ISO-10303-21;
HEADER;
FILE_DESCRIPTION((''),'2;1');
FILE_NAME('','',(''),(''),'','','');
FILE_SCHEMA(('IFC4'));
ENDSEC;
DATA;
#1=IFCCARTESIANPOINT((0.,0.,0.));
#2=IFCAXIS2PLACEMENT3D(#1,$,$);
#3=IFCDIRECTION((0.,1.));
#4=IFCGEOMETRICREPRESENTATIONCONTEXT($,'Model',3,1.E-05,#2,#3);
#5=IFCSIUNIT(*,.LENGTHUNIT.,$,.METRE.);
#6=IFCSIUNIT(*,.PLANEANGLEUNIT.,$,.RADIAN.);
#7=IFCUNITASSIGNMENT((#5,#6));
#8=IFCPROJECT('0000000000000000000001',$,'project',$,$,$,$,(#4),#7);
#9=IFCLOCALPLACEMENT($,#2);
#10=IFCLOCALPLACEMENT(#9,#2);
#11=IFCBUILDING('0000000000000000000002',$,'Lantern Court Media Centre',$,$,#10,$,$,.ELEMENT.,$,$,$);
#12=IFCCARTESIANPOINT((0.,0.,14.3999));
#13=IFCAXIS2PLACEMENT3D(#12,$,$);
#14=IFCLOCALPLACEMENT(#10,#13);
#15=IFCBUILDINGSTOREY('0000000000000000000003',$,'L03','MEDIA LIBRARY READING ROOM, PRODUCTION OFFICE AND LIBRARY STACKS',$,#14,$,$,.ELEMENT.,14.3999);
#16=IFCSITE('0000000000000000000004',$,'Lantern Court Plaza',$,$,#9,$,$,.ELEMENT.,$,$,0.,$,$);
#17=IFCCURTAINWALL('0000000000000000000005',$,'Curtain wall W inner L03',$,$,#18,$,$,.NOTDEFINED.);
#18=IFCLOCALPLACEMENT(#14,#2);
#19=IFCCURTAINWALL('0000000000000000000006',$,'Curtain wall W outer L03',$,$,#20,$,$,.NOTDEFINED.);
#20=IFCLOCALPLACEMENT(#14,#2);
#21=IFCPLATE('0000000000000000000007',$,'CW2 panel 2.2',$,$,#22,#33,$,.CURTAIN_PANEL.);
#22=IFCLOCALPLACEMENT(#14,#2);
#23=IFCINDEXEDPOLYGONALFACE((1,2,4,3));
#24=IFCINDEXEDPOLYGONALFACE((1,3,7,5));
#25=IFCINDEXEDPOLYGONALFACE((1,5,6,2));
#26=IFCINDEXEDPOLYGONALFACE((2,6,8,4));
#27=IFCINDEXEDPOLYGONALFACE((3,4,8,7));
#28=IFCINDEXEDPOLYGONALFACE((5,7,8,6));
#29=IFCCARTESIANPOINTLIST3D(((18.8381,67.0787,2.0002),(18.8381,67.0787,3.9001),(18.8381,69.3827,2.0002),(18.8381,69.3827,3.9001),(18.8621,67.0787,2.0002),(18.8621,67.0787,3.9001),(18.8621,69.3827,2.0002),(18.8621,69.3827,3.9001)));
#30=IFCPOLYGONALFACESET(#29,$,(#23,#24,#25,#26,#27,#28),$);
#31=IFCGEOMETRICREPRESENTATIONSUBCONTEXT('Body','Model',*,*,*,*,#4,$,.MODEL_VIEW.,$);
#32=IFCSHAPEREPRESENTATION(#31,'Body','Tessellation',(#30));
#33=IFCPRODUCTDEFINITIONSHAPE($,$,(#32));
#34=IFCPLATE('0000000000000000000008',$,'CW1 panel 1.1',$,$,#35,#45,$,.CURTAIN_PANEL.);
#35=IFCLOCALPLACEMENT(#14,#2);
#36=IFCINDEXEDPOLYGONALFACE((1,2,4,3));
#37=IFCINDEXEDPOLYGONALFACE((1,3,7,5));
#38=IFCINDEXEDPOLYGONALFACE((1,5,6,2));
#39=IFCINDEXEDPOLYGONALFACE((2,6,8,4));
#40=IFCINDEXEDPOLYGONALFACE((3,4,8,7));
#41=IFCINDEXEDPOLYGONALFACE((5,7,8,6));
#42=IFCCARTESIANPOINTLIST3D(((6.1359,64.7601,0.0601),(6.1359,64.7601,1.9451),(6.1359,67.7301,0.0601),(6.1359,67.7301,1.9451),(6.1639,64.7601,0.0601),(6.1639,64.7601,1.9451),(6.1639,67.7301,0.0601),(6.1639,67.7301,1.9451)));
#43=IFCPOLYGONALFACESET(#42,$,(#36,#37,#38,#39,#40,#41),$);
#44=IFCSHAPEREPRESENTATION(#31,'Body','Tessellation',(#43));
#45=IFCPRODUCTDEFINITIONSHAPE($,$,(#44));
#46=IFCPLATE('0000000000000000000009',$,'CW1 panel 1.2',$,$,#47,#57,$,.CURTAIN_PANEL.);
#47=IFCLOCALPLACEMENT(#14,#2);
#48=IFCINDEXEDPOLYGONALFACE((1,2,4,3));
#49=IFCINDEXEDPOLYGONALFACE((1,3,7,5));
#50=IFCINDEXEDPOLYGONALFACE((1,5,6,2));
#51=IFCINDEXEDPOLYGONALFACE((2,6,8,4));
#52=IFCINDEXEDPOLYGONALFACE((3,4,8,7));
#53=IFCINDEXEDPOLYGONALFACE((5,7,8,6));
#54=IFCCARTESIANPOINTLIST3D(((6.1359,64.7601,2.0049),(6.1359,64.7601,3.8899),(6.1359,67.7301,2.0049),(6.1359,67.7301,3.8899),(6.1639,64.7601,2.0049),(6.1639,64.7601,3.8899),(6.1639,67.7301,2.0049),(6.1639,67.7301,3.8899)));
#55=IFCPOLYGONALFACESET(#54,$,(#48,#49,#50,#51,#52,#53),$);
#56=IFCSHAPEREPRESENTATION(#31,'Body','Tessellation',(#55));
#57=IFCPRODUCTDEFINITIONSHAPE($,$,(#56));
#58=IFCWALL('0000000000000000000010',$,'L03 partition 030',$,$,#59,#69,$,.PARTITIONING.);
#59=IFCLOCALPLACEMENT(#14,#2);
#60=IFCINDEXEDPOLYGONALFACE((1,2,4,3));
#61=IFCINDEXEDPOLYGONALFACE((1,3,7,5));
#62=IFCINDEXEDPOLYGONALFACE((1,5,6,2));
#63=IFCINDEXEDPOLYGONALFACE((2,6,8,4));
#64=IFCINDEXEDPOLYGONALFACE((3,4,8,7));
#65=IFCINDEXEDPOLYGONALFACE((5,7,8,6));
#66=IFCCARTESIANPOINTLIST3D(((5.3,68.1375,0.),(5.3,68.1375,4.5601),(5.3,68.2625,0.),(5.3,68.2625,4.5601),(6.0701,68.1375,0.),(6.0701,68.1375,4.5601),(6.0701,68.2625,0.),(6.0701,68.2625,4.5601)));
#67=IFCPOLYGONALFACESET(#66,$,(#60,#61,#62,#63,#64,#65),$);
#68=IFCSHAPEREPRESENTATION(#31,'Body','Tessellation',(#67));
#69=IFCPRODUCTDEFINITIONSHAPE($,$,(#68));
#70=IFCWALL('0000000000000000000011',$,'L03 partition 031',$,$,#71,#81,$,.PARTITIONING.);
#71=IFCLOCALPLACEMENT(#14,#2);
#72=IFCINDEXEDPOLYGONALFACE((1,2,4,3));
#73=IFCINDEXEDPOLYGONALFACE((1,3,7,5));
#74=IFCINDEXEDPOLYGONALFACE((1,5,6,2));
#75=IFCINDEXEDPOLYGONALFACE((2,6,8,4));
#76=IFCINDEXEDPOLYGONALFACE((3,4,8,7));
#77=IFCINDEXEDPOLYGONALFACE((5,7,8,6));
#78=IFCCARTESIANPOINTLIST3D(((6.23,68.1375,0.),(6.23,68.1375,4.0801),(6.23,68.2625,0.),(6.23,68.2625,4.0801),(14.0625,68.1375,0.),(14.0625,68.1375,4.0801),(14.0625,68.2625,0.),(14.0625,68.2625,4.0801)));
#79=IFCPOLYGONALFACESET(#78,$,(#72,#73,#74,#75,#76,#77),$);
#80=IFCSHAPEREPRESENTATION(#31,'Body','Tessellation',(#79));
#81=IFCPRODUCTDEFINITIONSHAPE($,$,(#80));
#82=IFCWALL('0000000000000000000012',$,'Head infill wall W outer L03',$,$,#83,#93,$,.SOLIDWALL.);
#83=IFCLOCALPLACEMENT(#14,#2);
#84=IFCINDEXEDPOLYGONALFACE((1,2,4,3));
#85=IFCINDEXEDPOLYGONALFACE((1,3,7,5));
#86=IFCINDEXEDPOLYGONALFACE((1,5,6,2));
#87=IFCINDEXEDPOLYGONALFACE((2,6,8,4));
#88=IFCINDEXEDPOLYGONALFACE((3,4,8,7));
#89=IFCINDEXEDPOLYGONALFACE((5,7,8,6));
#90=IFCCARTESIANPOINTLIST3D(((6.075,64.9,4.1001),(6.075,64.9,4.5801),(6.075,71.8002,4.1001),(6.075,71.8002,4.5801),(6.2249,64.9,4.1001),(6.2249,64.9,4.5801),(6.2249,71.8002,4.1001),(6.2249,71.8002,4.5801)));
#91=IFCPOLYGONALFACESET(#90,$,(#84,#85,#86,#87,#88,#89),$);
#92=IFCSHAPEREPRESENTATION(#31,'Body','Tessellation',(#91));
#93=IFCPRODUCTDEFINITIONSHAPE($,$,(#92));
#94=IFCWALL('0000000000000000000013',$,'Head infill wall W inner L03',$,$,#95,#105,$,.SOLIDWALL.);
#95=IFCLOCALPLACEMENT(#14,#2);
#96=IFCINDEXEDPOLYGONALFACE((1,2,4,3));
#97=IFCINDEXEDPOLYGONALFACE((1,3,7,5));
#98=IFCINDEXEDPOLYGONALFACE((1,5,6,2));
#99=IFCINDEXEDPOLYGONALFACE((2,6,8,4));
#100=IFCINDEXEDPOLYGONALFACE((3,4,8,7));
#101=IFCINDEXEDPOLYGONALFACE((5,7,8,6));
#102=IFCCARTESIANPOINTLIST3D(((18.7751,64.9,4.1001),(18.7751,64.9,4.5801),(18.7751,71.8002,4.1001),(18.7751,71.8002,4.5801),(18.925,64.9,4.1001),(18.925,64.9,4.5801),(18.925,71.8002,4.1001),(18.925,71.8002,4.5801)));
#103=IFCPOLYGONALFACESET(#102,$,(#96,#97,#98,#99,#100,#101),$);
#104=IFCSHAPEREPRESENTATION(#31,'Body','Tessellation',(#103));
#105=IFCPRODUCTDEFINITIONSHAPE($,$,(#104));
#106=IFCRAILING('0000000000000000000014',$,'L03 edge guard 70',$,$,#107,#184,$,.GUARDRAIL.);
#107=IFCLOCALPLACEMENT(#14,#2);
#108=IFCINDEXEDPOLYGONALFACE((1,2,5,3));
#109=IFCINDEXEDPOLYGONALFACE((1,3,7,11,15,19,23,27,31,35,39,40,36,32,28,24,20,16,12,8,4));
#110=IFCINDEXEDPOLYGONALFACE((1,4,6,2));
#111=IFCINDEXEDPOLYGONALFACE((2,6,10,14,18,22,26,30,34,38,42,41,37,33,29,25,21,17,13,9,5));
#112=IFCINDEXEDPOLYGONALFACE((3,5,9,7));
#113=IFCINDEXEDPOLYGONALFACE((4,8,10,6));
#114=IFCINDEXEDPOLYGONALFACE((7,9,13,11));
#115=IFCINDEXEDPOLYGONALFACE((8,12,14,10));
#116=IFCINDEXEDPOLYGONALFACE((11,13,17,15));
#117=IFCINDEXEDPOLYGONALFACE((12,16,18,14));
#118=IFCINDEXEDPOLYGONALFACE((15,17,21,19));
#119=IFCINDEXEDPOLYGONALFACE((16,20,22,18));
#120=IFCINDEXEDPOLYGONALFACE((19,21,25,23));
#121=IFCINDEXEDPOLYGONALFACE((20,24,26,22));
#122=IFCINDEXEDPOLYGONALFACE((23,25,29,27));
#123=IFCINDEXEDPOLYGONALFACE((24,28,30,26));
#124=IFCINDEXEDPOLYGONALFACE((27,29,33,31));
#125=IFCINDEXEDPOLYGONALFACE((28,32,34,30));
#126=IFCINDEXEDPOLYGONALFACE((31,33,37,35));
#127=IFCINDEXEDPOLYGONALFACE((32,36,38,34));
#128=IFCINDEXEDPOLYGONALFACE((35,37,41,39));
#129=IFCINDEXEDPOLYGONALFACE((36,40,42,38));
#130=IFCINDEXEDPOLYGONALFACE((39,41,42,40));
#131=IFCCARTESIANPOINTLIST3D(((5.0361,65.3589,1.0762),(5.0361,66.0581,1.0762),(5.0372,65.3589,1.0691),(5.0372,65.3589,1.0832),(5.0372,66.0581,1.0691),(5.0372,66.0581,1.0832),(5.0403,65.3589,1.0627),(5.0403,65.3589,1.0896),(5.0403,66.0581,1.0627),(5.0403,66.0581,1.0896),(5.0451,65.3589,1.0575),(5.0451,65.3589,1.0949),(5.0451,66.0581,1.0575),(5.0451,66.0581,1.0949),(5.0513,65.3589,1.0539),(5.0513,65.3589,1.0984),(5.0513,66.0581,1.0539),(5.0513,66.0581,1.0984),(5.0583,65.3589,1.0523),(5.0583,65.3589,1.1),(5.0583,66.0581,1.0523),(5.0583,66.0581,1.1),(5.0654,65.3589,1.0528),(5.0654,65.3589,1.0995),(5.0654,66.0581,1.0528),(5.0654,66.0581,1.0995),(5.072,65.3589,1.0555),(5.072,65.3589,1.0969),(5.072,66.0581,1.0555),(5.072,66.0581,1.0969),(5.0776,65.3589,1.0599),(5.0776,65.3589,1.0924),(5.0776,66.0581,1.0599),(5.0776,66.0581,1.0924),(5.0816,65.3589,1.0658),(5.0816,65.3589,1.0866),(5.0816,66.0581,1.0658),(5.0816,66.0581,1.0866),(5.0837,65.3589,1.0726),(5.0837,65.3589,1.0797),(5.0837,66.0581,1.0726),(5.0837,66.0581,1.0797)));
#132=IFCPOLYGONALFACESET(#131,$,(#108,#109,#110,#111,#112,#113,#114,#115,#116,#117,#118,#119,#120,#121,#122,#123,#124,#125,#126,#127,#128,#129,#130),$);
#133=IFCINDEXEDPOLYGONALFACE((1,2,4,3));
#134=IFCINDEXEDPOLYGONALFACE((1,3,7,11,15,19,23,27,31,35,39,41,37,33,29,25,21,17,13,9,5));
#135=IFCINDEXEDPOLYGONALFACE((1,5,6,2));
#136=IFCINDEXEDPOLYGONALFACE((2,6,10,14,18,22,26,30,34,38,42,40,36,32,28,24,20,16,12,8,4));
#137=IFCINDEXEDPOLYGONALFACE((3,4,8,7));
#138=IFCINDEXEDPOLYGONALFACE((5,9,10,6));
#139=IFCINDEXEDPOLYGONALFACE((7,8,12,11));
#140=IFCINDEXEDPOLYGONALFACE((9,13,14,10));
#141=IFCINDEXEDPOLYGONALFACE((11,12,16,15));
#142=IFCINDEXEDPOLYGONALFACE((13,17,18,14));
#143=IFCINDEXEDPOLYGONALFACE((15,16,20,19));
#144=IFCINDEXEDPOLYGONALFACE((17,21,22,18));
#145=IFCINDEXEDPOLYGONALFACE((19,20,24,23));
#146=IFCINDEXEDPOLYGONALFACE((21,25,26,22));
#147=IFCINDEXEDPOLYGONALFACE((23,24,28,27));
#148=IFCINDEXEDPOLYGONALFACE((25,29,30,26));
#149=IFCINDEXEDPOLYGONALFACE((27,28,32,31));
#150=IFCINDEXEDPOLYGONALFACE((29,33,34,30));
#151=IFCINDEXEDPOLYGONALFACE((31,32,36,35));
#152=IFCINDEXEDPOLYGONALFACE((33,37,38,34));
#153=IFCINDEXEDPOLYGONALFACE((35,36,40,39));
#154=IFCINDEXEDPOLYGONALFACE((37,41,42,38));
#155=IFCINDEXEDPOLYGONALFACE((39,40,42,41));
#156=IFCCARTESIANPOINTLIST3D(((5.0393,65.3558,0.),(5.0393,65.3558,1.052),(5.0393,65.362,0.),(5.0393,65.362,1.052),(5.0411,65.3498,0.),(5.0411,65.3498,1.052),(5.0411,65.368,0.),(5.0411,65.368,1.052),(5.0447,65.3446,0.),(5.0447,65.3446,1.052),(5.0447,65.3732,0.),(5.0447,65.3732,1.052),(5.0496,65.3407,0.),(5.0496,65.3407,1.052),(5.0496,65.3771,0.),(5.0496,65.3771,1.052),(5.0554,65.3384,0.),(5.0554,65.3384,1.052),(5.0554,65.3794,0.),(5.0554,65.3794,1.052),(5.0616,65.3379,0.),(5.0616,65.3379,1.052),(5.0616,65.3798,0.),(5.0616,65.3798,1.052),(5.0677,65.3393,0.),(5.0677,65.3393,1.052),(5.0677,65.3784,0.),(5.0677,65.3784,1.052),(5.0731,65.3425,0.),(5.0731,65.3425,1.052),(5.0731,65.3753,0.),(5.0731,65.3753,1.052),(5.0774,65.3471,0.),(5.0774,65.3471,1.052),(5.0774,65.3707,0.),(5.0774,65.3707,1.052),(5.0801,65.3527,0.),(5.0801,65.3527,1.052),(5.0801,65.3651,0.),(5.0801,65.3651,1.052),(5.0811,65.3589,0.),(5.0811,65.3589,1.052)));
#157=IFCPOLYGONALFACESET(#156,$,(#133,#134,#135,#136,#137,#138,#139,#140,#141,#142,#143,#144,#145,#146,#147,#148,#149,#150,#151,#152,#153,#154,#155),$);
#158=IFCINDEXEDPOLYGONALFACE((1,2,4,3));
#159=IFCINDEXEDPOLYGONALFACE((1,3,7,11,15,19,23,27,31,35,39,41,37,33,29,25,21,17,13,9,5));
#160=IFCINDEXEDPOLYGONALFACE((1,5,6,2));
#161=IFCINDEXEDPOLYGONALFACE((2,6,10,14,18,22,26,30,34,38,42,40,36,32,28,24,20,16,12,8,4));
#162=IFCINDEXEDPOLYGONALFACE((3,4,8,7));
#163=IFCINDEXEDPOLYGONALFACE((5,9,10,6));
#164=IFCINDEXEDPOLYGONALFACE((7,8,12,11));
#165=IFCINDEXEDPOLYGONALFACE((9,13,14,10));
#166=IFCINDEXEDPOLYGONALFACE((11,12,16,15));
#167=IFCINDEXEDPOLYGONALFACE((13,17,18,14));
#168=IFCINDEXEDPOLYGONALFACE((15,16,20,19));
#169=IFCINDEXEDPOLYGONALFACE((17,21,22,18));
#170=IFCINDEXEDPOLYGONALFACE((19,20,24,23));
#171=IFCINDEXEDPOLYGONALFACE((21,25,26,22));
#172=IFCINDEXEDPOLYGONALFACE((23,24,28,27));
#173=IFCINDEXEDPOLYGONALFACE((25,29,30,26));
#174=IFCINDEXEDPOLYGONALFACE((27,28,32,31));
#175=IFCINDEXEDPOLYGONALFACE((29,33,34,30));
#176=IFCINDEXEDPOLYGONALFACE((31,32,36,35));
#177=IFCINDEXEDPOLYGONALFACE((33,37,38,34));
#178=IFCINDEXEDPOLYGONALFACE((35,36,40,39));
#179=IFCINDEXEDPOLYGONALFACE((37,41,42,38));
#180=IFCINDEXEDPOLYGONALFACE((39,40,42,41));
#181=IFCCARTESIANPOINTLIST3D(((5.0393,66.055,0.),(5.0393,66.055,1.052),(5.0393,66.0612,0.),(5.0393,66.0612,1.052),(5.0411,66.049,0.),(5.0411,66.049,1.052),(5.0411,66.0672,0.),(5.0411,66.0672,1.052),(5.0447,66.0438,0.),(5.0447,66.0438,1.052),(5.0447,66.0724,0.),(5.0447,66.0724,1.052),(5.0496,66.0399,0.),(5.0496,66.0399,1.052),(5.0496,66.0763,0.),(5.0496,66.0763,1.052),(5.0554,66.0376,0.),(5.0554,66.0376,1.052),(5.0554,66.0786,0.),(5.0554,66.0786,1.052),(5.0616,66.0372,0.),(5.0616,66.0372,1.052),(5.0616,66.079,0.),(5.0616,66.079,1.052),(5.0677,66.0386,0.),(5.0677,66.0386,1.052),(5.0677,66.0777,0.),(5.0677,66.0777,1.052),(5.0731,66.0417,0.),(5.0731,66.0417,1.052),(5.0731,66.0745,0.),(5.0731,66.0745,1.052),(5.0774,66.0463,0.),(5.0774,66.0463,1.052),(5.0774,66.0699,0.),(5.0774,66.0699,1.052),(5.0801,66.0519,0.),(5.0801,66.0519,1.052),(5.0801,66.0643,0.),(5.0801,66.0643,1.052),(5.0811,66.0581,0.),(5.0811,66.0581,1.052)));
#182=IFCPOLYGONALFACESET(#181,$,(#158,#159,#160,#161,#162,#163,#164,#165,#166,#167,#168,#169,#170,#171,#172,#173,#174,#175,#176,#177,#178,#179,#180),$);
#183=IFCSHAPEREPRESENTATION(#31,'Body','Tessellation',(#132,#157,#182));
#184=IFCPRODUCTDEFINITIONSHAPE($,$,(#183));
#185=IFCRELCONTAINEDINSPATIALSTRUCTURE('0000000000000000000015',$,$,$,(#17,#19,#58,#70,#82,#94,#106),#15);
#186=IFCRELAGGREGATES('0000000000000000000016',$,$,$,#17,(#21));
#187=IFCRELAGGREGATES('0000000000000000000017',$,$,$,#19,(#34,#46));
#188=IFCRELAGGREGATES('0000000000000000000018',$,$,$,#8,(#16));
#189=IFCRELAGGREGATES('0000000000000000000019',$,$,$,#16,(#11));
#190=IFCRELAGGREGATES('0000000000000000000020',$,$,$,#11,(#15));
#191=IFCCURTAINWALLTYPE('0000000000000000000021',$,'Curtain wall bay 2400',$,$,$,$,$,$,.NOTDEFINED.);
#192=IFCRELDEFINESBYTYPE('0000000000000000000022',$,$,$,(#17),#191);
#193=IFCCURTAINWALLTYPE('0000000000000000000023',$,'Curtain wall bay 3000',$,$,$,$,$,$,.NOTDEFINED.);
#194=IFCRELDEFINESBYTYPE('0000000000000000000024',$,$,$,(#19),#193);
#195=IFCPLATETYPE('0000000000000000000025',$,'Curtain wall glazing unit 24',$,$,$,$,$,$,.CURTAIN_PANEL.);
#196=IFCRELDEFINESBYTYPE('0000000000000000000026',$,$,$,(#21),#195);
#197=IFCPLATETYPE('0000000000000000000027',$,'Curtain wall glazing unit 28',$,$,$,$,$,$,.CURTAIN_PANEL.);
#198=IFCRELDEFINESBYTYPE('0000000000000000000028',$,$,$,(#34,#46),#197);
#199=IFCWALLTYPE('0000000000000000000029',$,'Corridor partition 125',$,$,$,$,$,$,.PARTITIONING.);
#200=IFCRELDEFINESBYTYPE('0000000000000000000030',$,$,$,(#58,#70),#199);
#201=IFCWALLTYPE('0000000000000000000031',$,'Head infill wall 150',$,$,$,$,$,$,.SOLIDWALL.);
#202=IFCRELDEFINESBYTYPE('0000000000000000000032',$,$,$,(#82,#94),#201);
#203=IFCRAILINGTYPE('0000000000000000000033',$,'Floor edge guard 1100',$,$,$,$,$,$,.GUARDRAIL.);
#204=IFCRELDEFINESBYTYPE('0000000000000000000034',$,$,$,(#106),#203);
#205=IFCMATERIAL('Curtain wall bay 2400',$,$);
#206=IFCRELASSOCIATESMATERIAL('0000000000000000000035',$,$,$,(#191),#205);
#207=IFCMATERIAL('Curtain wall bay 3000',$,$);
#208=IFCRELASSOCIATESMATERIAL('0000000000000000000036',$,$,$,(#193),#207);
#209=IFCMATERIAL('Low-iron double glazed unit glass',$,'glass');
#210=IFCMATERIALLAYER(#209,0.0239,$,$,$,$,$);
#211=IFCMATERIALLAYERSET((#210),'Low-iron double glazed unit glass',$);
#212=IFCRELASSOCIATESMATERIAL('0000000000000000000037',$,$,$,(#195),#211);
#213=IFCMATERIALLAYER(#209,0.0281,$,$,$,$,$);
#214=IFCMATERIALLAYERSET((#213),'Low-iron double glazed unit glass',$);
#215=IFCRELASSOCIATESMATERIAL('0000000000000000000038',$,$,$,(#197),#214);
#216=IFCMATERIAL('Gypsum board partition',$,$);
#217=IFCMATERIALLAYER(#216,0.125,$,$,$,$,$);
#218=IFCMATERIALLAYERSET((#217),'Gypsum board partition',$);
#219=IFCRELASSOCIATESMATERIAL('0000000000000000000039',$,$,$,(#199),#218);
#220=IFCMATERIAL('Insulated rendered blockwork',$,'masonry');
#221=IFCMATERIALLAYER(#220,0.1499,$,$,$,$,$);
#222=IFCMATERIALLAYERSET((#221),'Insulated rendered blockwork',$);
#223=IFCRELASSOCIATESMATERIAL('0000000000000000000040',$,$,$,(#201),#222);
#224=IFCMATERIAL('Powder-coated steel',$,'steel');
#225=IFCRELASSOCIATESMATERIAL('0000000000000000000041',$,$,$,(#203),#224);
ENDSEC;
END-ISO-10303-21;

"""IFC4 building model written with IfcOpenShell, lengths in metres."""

from ifc_helpers import new_model, si_unit, direction, frame, frame_2d, origin, origin_2d, place, context, subcontext, project, spatial, rectangle, circle, extrude, material, layer, layer_set, type_object, element, aggregate, save


model = new_model("IFC4")

# Units and contexts
model_context = context("Model", 3, precision=1e-05, world=origin(), true_north=direction((0.0, 1.0)))
body_context = subcontext(model_context, "Body", "Model", "MODEL_VIEW")
ifc_project = project(units=[si_unit("LENGTHUNIT", "METRE"), si_unit("PLANEANGLEUNIT", "RADIAN")], contexts=[model_context])

# Site, building, storey
site_placement = place(None, origin())
site = spatial("IfcSite", under=ifc_project, at=site_placement, Name="Lantern Court Plaza", CompositionType="ELEMENT", RefElevation=0.0)
building_placement = place(site_placement, origin())
building = spatial("IfcBuilding", under=site, at=building_placement, Name="Lantern Court Media Centre", CompositionType="ELEMENT")
storey_placement = place(building_placement, frame((0.0, 0.0, 14.3999)))
storey = spatial("IfcBuildingStorey", under=building, at=storey_placement, Name="L03", Description="MEDIA LIBRARY READING ROOM, PRODUCTION OFFICE AND LIBRARY STACKS", CompositionType="ELEMENT", Elevation=14.3999)

# Curtain wall
ifc_material_1 = material(Name="Curtain wall bay 2400")
curtain_wall_type_1 = type_object("IfcCurtainWallType", Name="Curtain wall bay 2400", PredefinedType="NOTDEFINED", material=ifc_material_1)
curtain_wall_1_placement = place(storey_placement, origin())
curtain_wall_1 = element("IfcCurtainWall", 1, at=curtain_wall_1_placement, inside=storey, type_object=curtain_wall_type_1, Name="Curtain wall W inner L03", PredefinedType="NOTDEFINED")

# Curtain wall
ifc_material_2 = material(Name="Curtain wall bay 3000")
curtain_wall_type_2 = type_object("IfcCurtainWallType", Name="Curtain wall bay 3000", PredefinedType="NOTDEFINED", material=ifc_material_2)
curtain_wall_2_placement = place(storey_placement, origin())
curtain_wall_2 = element("IfcCurtainWall", 2, at=curtain_wall_2_placement, inside=storey, type_object=curtain_wall_type_2, Name="Curtain wall W outer L03", PredefinedType="NOTDEFINED")

# Plates
ifc_material_3 = material(Name="Low-iron double glazed unit glass", Category="glass")
ifc_layer_1 = layer(ifc_material_3, 0.0239)
ifc_layer_set_1 = layer_set([ifc_layer_1], Name="Low-iron double glazed unit glass")
plate_type_1 = type_object("IfcPlateType", Name="Curtain wall glazing unit 24", PredefinedType="CURTAIN_PANEL", material=ifc_layer_set_1)
plate_1_placement = place(storey_placement, frame((18.8501, 68.2307, 2.0002), z_axis=(0.0, 0.0, 1.0), x_axis=(0.0, 1.0, 0.0)))
plate_1 = element("IfcPlate", 3, at=plate_1_placement, type_object=plate_type_1, Name="CW2 panel 2.2", PredefinedType="CURTAIN_PANEL", context=body_context, shape_type="SweptSolid", body=[
    extrude(rectangle(XDim=2.304, YDim=0.0239, at=origin_2d()), origin(), (0.0, 0.0, 1.0), 1.8999),
])
aggregate(curtain_wall_1, [plate_1])
ifc_layer_2 = layer(ifc_material_3, 0.0281)
ifc_layer_set_2 = layer_set([ifc_layer_2], Name="Low-iron double glazed unit glass")
plate_type_2 = type_object("IfcPlateType", Name="Curtain wall glazing unit 28", PredefinedType="CURTAIN_PANEL", material=ifc_layer_set_2)
plate_2_placement = place(storey_placement, frame((6.1499, 66.2451, 0.0601), z_axis=(0.0, 0.0, 1.0), x_axis=(0.0, 1.0, 0.0)))
plate_2 = element("IfcPlate", 4, at=plate_2_placement, type_object=plate_type_2, Name="CW1 panel 1.1", PredefinedType="CURTAIN_PANEL", context=body_context, shape_type="SweptSolid", body=[
    extrude(rectangle(XDim=2.97, YDim=0.0281, at=origin_2d()), origin(), (0.0, 0.0, 1.0), 1.885),
])
plate_3_placement = place(storey_placement, frame((6.1499, 66.2451, 2.0049), z_axis=(0.0, 0.0, 1.0), x_axis=(0.0, 1.0, 0.0)))
plate_3 = element("IfcPlate", 5, at=plate_3_placement, type_object=plate_type_2, Name="CW1 panel 1.2", PredefinedType="CURTAIN_PANEL", context=body_context, shape_type="SweptSolid", body=[
    extrude(rectangle(XDim=2.97, YDim=0.0281, at=origin_2d()), origin(), (0.0, 0.0, 1.0), 1.885),
])
aggregate(curtain_wall_2, [plate_2, plate_3])

# Walls
ifc_material_4 = material(Name="Gypsum board partition")
ifc_layer_3 = layer(ifc_material_4, 0.125)
ifc_layer_set_3 = layer_set([ifc_layer_3], Name="Gypsum board partition")
wall_type_1 = type_object("IfcWallType", Name="Corridor partition 125", PredefinedType="PARTITIONING", material=ifc_layer_set_3)
wall_1_placement = place(storey_placement, frame((5.3, 68.2, 0.0), z_axis=(0.0, 0.0, 1.0), x_axis=(1.0, 0.0, 0.0)))
element("IfcWall", 6, at=wall_1_placement, inside=storey, type_object=wall_type_1, Name="L03 partition 030", PredefinedType="PARTITIONING", context=body_context, shape_type="SweptSolid", body=[
    extrude(rectangle(XDim=0.77, YDim=0.125, at=frame_2d((0.385, 0.0))), origin(), (0.0, 0.0, 1.0), 4.5601),
])
wall_2_placement = place(storey_placement, frame((6.23, 68.2, 0.0), z_axis=(0.0, 0.0, 1.0), x_axis=(1.0, 0.0, 0.0)))
element("IfcWall", 7, at=wall_2_placement, inside=storey, type_object=wall_type_1, Name="L03 partition 031", PredefinedType="PARTITIONING", context=body_context, shape_type="SweptSolid", body=[
    extrude(rectangle(XDim=7.8325, YDim=0.125, at=frame_2d((3.9163, 0.0))), origin(), (0.0, 0.0, 1.0), 4.0801),
])
ifc_material_5 = material(Name="Insulated rendered blockwork", Category="masonry")
ifc_layer_4 = layer(ifc_material_5, 0.1499)
ifc_layer_set_4 = layer_set([ifc_layer_4], Name="Insulated rendered blockwork")
wall_type_2 = type_object("IfcWallType", Name="Head infill wall 150", PredefinedType="SOLIDWALL", material=ifc_layer_set_4)
for number, where, z_axis, x_axis, name in (
    (8, (6.1499, 64.8999, 4.1001), (0.0, 0.0, 1.0), (0.0, 1.0, 0.0), "Head infill wall W outer L03"),
    (9, (18.8501, 64.8999, 4.1001), (0.0, 0.0, 1.0), (0.0, 1.0, 0.0), "Head infill wall W inner L03"),
):
    element("IfcWall", number, at=place(storey_placement, frame(where, z_axis=z_axis, x_axis=x_axis)), inside=storey, type_object=wall_type_2, Name=name, PredefinedType="SOLIDWALL", context=body_context, shape_type="SweptSolid", body=[
        extrude(rectangle(XDim=6.9001, YDim=0.1499, at=frame_2d((3.4502, 0.0))), origin(), (0.0, 0.0, 1.0), 0.48),
    ])

# Railing
ifc_material_6 = material(Name="Powder-coated steel", Category="steel")
railing_type = type_object("IfcRailingType", Name="Floor edge guard 1100", PredefinedType="GUARDRAIL", material=ifc_material_6)
railing_1_placement = place(storey_placement, frame((5.0601, 65.3589, 0.0)))
element("IfcRailing", 10, at=railing_1_placement, inside=storey, type_object=railing_type, Name="L03 edge guard 70", PredefinedType="GUARDRAIL", context=body_context, shape_type="SweptSolid", body=[
    extrude(circle(Radius=0.0239, at=origin_2d()), frame((0.0, 0.0, 1.0762), z_axis=(0.0, 1.0, 0.0), x_axis=(-1.0, 0.0, 0.0)), (0.0, 0.0, 1.0), 0.6992),
    extrude(circle(Radius=0.021, at=origin_2d()), origin(), (0.0, 0.0, 1.0), 1.052),
    extrude(circle(Radius=0.021, at=origin_2d()), frame((0.0, 0.6992, 0.0)), (0.0, 0.0, 1.0), 1.052),
])

save(model, "model.ifc")
